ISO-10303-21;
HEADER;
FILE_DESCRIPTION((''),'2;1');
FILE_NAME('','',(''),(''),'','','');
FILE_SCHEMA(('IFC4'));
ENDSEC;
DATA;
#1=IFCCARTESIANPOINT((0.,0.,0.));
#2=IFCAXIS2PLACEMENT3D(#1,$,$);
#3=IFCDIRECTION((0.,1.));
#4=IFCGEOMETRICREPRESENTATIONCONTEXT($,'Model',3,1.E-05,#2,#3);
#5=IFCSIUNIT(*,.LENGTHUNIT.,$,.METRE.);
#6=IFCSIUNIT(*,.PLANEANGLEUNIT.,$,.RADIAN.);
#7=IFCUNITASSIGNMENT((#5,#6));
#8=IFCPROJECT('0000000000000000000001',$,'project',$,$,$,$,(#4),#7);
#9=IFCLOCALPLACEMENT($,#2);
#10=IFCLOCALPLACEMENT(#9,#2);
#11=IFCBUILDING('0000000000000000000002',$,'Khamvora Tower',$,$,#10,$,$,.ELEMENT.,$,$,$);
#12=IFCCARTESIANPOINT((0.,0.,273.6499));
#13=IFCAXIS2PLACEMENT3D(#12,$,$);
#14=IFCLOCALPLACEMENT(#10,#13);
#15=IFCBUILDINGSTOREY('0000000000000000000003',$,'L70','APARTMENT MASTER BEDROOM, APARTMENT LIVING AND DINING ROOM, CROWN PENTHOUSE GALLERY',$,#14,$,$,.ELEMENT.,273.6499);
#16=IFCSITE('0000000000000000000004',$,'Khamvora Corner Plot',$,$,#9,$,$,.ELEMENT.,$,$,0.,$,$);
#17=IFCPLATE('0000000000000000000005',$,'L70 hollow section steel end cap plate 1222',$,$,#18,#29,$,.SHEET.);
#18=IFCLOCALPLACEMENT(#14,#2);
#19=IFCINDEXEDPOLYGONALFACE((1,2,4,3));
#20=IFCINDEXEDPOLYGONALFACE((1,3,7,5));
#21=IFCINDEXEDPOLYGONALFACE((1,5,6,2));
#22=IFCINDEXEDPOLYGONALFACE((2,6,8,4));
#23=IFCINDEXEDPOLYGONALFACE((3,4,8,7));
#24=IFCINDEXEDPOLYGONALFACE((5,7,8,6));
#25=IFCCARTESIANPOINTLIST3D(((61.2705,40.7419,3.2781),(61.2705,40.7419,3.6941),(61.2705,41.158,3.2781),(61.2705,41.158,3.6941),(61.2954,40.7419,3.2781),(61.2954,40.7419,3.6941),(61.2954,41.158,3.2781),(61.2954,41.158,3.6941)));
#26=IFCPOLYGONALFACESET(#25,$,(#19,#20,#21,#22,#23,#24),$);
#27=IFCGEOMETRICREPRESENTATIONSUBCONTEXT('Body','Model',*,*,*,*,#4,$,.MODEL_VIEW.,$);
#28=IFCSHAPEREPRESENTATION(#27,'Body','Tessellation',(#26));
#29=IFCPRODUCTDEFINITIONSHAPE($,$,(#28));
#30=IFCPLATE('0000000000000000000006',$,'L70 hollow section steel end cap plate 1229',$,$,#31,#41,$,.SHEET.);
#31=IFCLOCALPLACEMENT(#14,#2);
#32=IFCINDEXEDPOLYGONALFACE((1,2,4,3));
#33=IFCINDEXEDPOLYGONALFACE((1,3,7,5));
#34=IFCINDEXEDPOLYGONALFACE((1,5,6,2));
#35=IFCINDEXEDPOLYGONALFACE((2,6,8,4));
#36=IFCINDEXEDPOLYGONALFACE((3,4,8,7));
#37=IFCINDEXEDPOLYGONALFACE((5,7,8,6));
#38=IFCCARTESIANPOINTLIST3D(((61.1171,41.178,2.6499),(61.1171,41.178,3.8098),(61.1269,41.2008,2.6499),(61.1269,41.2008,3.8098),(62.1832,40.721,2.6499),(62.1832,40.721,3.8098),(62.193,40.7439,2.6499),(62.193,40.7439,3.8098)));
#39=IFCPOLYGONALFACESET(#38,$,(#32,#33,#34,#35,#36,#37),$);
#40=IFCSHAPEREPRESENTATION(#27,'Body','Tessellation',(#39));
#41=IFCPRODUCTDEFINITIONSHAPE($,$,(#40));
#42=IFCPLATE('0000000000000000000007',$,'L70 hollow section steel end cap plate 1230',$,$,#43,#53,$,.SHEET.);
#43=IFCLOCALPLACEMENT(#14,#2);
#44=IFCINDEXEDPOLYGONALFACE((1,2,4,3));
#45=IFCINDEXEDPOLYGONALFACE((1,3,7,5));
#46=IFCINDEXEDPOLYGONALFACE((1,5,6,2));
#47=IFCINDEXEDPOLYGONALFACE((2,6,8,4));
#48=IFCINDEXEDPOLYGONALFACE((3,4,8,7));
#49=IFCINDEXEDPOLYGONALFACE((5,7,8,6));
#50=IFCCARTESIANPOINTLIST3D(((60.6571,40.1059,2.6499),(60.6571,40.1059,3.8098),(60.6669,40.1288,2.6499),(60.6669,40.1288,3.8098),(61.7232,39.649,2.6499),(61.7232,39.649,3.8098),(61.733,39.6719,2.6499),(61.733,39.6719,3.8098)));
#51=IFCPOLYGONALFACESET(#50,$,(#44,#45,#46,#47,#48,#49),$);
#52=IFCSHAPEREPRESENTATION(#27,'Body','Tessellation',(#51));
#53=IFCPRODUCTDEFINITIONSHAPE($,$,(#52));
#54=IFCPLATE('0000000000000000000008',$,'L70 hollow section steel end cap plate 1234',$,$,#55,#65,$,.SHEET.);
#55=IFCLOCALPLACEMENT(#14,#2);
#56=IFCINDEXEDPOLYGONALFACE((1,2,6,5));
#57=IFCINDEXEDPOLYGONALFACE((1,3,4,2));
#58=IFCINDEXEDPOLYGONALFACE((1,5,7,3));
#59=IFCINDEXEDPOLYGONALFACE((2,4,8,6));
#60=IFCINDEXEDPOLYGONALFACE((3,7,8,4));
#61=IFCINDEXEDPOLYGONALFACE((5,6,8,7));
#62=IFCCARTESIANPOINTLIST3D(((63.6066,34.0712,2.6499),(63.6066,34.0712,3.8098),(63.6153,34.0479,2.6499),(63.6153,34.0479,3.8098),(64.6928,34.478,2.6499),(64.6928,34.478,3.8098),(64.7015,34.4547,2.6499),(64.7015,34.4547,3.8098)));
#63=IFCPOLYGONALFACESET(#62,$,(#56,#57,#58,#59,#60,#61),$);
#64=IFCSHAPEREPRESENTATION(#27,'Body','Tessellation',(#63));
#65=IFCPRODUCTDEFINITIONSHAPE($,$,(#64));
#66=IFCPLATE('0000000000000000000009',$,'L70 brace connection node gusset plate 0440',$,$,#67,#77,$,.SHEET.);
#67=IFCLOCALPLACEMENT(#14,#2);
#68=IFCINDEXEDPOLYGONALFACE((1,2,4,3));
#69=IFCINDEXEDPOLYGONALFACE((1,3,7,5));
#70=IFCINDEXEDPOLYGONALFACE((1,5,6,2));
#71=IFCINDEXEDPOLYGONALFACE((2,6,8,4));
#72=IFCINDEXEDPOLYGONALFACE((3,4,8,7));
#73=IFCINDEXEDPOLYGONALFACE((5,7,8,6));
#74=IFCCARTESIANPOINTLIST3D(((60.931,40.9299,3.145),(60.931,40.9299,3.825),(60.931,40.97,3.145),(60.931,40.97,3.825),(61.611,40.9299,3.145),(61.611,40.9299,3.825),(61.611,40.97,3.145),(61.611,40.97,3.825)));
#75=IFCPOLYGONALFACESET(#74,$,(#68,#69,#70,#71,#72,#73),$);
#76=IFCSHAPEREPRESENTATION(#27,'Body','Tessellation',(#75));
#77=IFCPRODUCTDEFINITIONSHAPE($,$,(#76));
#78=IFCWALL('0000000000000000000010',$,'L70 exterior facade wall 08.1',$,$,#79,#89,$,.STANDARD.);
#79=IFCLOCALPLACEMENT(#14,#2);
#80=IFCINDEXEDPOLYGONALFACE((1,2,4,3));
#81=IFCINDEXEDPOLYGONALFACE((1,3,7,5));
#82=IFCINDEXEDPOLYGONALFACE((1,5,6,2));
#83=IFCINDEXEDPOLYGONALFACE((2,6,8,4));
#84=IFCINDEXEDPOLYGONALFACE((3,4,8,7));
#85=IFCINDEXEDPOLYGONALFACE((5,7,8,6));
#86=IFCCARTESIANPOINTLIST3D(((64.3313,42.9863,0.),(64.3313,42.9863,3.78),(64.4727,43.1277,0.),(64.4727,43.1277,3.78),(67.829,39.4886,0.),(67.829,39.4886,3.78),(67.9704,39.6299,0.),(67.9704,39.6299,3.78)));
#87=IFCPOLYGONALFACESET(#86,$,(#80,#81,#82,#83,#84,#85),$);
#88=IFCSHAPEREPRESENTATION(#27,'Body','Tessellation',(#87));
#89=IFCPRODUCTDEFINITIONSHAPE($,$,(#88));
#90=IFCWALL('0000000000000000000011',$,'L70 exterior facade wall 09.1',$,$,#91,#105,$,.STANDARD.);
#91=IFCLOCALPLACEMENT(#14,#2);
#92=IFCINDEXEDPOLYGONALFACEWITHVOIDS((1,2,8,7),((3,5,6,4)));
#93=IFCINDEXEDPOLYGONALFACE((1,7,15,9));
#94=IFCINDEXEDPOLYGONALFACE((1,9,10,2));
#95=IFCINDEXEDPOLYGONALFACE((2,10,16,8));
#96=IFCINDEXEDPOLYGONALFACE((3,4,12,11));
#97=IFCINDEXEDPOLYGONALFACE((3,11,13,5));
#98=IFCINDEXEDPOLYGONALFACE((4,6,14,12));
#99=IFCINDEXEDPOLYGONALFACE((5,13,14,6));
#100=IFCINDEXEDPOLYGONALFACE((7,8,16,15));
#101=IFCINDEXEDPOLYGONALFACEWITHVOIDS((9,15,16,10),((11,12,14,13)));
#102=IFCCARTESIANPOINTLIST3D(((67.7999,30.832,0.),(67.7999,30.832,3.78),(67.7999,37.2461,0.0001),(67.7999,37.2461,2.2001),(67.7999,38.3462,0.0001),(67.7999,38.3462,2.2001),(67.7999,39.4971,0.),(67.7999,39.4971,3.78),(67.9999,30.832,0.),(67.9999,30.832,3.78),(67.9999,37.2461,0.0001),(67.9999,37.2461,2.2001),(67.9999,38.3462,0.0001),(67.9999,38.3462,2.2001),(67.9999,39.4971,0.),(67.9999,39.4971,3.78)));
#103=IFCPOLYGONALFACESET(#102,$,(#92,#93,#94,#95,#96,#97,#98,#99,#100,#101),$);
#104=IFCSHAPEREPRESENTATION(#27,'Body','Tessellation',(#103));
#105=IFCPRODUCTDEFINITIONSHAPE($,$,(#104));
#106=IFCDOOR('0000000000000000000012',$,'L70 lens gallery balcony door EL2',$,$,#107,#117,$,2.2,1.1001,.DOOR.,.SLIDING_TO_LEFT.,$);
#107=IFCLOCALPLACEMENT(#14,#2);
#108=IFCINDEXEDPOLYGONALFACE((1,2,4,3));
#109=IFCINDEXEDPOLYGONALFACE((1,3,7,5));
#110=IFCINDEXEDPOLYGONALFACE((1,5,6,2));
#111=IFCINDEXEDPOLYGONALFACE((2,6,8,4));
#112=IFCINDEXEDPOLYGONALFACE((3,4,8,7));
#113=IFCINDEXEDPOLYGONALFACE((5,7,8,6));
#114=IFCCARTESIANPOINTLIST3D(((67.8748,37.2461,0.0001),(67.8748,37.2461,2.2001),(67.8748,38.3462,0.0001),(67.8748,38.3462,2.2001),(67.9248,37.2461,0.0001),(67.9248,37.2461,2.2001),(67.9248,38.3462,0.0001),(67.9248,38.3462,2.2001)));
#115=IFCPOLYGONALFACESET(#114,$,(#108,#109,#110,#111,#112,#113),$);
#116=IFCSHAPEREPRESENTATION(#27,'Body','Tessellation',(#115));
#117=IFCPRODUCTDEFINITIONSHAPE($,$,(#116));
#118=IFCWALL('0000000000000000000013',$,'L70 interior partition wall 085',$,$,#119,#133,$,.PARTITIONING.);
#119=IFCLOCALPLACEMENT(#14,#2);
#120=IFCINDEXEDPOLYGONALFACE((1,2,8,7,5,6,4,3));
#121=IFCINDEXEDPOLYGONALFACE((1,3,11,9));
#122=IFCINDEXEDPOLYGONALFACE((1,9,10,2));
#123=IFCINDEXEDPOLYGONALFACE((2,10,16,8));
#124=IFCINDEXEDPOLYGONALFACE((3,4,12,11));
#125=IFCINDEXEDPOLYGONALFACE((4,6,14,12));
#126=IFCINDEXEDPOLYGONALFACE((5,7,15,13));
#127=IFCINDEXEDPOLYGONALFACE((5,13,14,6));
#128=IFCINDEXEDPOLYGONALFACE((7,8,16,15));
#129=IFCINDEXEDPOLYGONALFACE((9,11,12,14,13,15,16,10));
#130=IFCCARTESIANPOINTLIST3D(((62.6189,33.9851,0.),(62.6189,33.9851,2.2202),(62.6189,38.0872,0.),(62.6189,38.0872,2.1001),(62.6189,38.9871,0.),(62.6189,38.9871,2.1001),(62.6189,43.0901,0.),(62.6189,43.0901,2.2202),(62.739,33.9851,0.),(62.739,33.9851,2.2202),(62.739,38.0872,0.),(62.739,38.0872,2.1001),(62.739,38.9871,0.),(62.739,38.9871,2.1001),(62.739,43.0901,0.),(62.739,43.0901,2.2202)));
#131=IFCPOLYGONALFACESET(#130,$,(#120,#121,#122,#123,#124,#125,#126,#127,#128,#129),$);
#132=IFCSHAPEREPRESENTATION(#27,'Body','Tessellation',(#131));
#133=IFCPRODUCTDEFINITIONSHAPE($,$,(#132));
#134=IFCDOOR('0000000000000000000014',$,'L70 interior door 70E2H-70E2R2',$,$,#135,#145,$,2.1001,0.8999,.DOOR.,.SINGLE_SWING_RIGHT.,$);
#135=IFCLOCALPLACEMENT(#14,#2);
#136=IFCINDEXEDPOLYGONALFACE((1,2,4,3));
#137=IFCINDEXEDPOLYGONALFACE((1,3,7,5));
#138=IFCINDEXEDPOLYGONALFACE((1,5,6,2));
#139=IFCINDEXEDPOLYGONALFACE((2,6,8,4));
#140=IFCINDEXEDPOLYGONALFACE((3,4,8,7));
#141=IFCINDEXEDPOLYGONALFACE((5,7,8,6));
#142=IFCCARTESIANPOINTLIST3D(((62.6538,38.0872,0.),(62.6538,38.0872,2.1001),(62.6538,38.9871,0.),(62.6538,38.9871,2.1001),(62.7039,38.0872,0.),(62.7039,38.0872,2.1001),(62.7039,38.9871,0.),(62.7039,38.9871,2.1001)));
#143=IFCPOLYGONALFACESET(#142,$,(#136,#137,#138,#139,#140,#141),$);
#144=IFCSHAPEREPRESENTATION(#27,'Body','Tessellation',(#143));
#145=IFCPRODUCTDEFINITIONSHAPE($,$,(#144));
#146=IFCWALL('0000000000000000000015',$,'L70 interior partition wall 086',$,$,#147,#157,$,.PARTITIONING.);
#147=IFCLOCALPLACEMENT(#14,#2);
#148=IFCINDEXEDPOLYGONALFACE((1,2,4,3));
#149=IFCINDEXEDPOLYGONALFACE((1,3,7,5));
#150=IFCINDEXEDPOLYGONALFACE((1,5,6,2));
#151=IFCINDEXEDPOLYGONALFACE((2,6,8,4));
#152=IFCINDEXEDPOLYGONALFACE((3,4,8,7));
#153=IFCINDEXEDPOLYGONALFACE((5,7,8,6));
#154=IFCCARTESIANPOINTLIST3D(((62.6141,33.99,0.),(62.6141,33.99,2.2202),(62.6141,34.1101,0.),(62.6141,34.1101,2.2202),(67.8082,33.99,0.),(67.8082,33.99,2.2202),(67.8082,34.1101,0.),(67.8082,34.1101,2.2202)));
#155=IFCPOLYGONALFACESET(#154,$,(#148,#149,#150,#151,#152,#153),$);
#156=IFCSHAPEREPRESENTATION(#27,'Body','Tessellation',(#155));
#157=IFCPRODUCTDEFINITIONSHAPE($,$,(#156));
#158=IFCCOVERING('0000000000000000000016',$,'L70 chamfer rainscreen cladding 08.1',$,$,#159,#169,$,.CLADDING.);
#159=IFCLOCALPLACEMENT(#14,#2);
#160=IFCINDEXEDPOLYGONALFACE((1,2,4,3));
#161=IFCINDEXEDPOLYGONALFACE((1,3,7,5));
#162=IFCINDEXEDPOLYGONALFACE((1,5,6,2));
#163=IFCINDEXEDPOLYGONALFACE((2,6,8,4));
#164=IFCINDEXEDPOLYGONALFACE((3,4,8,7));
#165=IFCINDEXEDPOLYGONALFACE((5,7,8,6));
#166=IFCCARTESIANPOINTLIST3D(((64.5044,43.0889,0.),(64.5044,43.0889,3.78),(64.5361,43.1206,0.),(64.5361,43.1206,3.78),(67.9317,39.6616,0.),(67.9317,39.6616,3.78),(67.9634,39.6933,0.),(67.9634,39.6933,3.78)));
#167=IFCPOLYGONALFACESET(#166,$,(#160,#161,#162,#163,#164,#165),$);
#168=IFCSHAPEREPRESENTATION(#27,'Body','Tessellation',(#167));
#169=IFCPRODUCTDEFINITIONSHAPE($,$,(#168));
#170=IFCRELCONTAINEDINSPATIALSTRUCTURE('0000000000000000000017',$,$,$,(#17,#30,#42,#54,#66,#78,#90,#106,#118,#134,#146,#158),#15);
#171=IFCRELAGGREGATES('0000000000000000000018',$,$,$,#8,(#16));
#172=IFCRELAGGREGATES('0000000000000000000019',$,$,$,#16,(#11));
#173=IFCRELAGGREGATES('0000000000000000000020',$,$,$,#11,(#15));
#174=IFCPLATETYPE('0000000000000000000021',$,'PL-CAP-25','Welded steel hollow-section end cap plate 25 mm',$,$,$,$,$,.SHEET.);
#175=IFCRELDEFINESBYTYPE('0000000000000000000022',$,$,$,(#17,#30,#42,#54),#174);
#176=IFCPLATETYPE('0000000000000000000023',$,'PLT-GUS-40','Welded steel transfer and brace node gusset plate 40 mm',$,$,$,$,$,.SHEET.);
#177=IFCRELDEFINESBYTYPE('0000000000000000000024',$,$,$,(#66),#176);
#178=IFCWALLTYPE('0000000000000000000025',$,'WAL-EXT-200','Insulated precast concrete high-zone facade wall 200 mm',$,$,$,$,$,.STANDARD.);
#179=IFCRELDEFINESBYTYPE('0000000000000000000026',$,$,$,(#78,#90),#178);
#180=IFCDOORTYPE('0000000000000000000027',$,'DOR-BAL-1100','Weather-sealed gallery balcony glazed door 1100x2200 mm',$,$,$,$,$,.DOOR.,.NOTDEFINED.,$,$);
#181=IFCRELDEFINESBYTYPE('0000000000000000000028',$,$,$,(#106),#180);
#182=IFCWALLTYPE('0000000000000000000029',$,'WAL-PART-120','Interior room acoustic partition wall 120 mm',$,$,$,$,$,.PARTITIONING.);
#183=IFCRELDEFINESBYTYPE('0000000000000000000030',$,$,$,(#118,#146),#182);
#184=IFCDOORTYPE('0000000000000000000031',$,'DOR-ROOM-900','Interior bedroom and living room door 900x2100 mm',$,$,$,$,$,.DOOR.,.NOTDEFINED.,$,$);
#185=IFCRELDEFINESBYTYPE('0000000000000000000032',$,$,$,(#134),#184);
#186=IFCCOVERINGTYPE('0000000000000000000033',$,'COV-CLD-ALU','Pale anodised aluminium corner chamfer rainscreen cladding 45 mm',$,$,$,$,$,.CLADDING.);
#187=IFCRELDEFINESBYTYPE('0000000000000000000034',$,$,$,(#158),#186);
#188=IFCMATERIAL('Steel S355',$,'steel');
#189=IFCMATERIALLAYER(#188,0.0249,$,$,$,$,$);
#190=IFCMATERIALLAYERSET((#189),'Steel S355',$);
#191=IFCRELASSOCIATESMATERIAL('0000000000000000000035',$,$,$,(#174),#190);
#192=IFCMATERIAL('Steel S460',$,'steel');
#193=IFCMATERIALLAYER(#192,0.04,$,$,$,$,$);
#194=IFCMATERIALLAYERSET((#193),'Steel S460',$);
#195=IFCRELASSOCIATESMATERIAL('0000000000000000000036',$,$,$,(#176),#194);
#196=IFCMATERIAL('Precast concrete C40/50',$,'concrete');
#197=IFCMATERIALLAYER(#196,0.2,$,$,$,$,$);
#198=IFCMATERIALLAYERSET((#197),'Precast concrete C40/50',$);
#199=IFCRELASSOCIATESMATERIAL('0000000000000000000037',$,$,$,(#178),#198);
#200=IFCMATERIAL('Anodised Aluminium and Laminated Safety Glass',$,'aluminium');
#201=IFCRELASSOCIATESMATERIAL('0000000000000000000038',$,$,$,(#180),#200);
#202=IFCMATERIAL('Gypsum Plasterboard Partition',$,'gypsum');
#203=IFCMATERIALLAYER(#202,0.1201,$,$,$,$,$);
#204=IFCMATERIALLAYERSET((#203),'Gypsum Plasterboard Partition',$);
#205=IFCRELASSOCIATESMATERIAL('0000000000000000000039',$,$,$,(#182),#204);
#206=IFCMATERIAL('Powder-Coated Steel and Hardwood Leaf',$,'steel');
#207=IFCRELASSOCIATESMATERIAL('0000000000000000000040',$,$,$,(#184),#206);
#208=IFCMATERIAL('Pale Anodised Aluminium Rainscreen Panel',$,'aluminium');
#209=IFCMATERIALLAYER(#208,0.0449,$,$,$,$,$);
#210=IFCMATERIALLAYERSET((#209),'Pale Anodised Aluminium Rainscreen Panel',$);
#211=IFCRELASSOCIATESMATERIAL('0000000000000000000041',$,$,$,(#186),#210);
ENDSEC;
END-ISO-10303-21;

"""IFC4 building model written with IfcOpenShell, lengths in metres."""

from ifc_helpers import new_model, si_unit, direction, frame, frame_2d, origin, origin_2d, place, context, subcontext, project, spatial, rectangle, extrude, material, layer, layer_set, type_object, element, fill, save


model = new_model("IFC4")

# Units and contexts
model_context = context("Model", 3, precision=1e-05, world=origin(), true_north=direction((0.0, 1.0)))
body_context = subcontext(model_context, "Body", "Model", "MODEL_VIEW")
ifc_project = project(units=[si_unit("LENGTHUNIT", "METRE"), si_unit("PLANEANGLEUNIT", "RADIAN")], contexts=[model_context])

# Site, building, storey
site_placement = place(None, origin())
site = spatial("IfcSite", under=ifc_project, at=site_placement, Name="Khamvora Corner Plot", CompositionType="ELEMENT", RefElevation=0.0)
building_placement = place(site_placement, origin())
building = spatial("IfcBuilding", under=site, at=building_placement, Name="Khamvora Tower", CompositionType="ELEMENT")
storey_placement = place(building_placement, frame((0.0, 0.0, 273.6499)))
storey = spatial("IfcBuildingStorey", under=building, at=storey_placement, Name="L70", Description="APARTMENT MASTER BEDROOM, APARTMENT LIVING AND DINING ROOM, CROWN PENTHOUSE GALLERY", CompositionType="ELEMENT", Elevation=273.6499)

# Shared definitions
ifc_material_1 = material(Name="Steel S355", Category="steel")

# Shared definitions
ifc_material_2 = material(Name="Steel S460", Category="steel")

# Plates
ifc_layer_1 = layer(ifc_material_1, 0.0249)
ifc_layer_set_1 = layer_set([ifc_layer_1], Name="Steel S355")
plate_type_1 = type_object("IfcPlateType", Name="PL-CAP-25", Description="Welded steel hollow-section end cap plate 25 mm", PredefinedType="SHEET", material=ifc_layer_set_1)
plate_1_placement = place(storey_placement, frame((61.283, 40.95, 3.2781), z_axis=(0.0, 0.0, 1.0), x_axis=(1.0, 0.0, 0.0)))
element("IfcPlate", 1, at=plate_1_placement, inside=storey, type_object=plate_type_1, Name="L70 hollow section steel end cap plate 1222", PredefinedType="SHEET", context=body_context, shape_type="SweptSolid", body=[
    extrude(rectangle(XDim=0.0249, YDim=0.416, at=origin_2d()), origin(), (0.0, 0.0, 1.0), 0.416),
])
for number, where, z_axis, x_axis, name in (
    (2, (61.655, 40.9609, 2.6499), (0.0, 0.0, 1.0), (-0.393926, -0.919142, 0.0), "L70 hollow section steel end cap plate 1229"),
    (3, (61.1951, 39.8889, 2.6499), (0.0, 0.0, 1.0), (-0.393926, -0.919142, 0.0), "L70 hollow section steel end cap plate 1230"),
    (4, (64.1541, 34.2629, 2.6499), (0.0, 0.0, 1.0), (0.350747, -0.93647, 0.0), "L70 hollow section steel end cap plate 1234"),
):
    element("IfcPlate", number, at=place(storey_placement, frame(where, z_axis=z_axis, x_axis=x_axis)), inside=storey, type_object=plate_type_1, Name=name, PredefinedType="SHEET", context=body_context, shape_type="SweptSolid", body=[
        extrude(rectangle(XDim=0.0249, YDim=1.1599, at=origin_2d()), origin(), (0.0, 0.0, 1.0), 1.1599),
    ])
ifc_layer_2 = layer(ifc_material_2, 0.04)
ifc_layer_set_2 = layer_set([ifc_layer_2], Name="Steel S460")
plate_type_2 = type_object("IfcPlateType", Name="PLT-GUS-40", Description="Welded steel transfer and brace node gusset plate 40 mm", PredefinedType="SHEET", material=ifc_layer_set_2)
plate_2_placement = place(storey_placement, frame((61.271, 40.95, 3.145), z_axis=(0.0, 0.0, 1.0), x_axis=(1.0, 0.0, 0.0)))
element("IfcPlate", 5, at=plate_2_placement, inside=storey, type_object=plate_type_2, Name="L70 brace connection node gusset plate 0440", PredefinedType="SHEET", context=body_context, shape_type="SweptSolid", body=[
    extrude(rectangle(XDim=0.6799, YDim=0.04, at=origin_2d()), origin(), (0.0, 0.0, 1.0), 0.6799),
])

# Wall
ifc_material_3 = material(Name="Precast concrete C40/50", Category="concrete")
ifc_layer_3 = layer(ifc_material_3, 0.2)
ifc_layer_set_3 = layer_set([ifc_layer_3], Name="Precast concrete C40/50")
wall_type_1 = type_object("IfcWallType", Name="WAL-EXT-200", Description="Insulated precast concrete high-zone facade wall 200 mm", PredefinedType="STANDARD", material=ifc_layer_set_3)
wall_1_placement = place(storey_placement, frame((64.4021, 43.0569, 0.0), z_axis=(0.0, 0.0, 1.0), x_axis=(0.707107, -0.707107, 0.0)))
element("IfcWall", 6, at=wall_1_placement, inside=storey, type_object=wall_type_1, Name="L70 exterior facade wall 08.1", PredefinedType="STANDARD", context=body_context, shape_type="SweptSolid", body=[
    extrude(rectangle(XDim=4.9465, YDim=0.2, at=frame_2d((2.4731, 0.0))), origin(), (0.0, 0.0, 1.0), 3.78),
])

# Walls, openings, doors
wall_2_placement = place(storey_placement, frame((67.8999, 39.4971, 0.0), z_axis=(0.0, 0.0, 1.0), x_axis=(0.0, -1.0, 0.0)))
wall_2 = element("IfcWall", 7, at=wall_2_placement, inside=storey, type_object=wall_type_1, Name="L70 exterior facade wall 09.1", PredefinedType="STANDARD", context=body_context, shape_type="SweptSolid", body=[
    extrude(rectangle(XDim=8.665, YDim=0.2, at=frame_2d((4.3325, 0.0))), origin(), (0.0, 0.0, 1.0), 3.78),
])
opening_1_placement = place(wall_2_placement, frame((1.1509, 0.0, 0.0)))
opening_1 = element("IfcOpeningElement", 8, at=opening_1_placement, cuts=wall_2, PredefinedType="OPENING", context=body_context, shape_type="SweptSolid", body=[
    extrude(rectangle(XDim=1.1001, YDim=2.2, at=frame_2d((0.55, 1.1001))), frame((0.0, 0.1099, 0.0), z_axis=(0.0, -1.0, 0.0), x_axis=(1.0, 0.0, 0.0)), (0.0, 0.0, 1.0), 0.22),
])
ifc_material_4 = material(Name="Anodised Aluminium and Laminated Safety Glass", Category="aluminium")
door_type_1 = type_object("IfcDoorType", Name="DOR-BAL-1100", Description="Weather-sealed gallery balcony glazed door 1100x2200 mm", OperationType="NOTDEFINED", PredefinedType="DOOR", material=ifc_material_4)
door_1_placement = place(opening_1_placement, origin())
door_1 = element("IfcDoor", 9, at=door_1_placement, inside=storey, type_object=door_type_1, Name="L70 lens gallery balcony door EL2", OperationType="SLIDING_TO_LEFT", OverallHeight=2.2, OverallWidth=1.1001, PredefinedType="DOOR", context=body_context, shape_type="SweptSolid", body=[
    extrude(rectangle(XDim=1.1001, YDim=2.2, at=frame_2d((0.55, 1.1001))), frame((0.0, 0.0249, 0.0), z_axis=(0.0, -1.0, 0.0), x_axis=(1.0, 0.0, 0.0)), (0.0, 0.0, 1.0), 0.05),
])
fill(opening_1, door_1)
ifc_material_5 = material(Name="Gypsum Plasterboard Partition", Category="gypsum")
ifc_layer_4 = layer(ifc_material_5, 0.1201)
ifc_layer_set_4 = layer_set([ifc_layer_4], Name="Gypsum Plasterboard Partition")
wall_type_2 = type_object("IfcWallType", Name="WAL-PART-120", Description="Interior room acoustic partition wall 120 mm", PredefinedType="PARTITIONING", material=ifc_layer_set_4)
wall_3_placement = place(storey_placement, frame((62.679, 43.0901, 0.0), z_axis=(0.0, 0.0, 1.0), x_axis=(0.0, -1.0, 0.0)))
wall_3 = element("IfcWall", 10, at=wall_3_placement, inside=storey, type_object=wall_type_2, Name="L70 interior partition wall 085", PredefinedType="PARTITIONING", context=body_context, shape_type="SweptSolid", body=[
    extrude(rectangle(XDim=9.105, YDim=0.1201, at=frame_2d((4.5525, 0.0))), origin(), (0.0, 0.0, 1.0), 2.2202),
])
opening_2_placement = place(wall_3_placement, frame((4.103, 0.0, 0.0)))
opening_2 = element("IfcOpeningElement", 11, at=opening_2_placement, cuts=wall_3, PredefinedType="OPENING", context=body_context, shape_type="SweptSolid", body=[
    extrude(rectangle(XDim=0.8999, YDim=2.1001, at=frame_2d((0.45, 1.05))), frame((0.0, 0.0701, 0.0), z_axis=(0.0, -1.0, 0.0), x_axis=(1.0, 0.0, 0.0)), (0.0, 0.0, 1.0), 0.1401),
])
ifc_material_6 = material(Name="Powder-Coated Steel and Hardwood Leaf", Category="steel")
door_type_2 = type_object("IfcDoorType", Name="DOR-ROOM-900", Description="Interior bedroom and living room door 900x2100 mm", OperationType="NOTDEFINED", PredefinedType="DOOR", material=ifc_material_6)
door_2_placement = place(opening_2_placement, origin())
door_2 = element("IfcDoor", 12, at=door_2_placement, inside=storey, type_object=door_type_2, Name="L70 interior door 70E2H-70E2R2", OperationType="SINGLE_SWING_RIGHT", OverallHeight=2.1001, OverallWidth=0.8999, PredefinedType="DOOR", context=body_context, shape_type="SweptSolid", body=[
    extrude(rectangle(XDim=0.8999, YDim=2.1001, at=frame_2d((0.45, 1.05))), frame((0.0, 0.0249, 0.0), z_axis=(0.0, -1.0, 0.0), x_axis=(1.0, 0.0, 0.0)), (0.0, 0.0, 1.0), 0.05),
])
fill(opening_2, door_2)

# Wall
wall_4_placement = place(storey_placement, frame((62.614, 34.05, 0.0), z_axis=(0.0, 0.0, 1.0), x_axis=(1.0, 0.0, 0.0)))
element("IfcWall", 13, at=wall_4_placement, inside=storey, type_object=wall_type_2, Name="L70 interior partition wall 086", PredefinedType="PARTITIONING", context=body_context, shape_type="SweptSolid", body=[
    extrude(rectangle(XDim=5.1941, YDim=0.1201, at=frame_2d((2.5972, 0.0))), origin(), (0.0, 0.0, 1.0), 2.2202),
])

# Covering
ifc_material_7 = material(Name="Pale Anodised Aluminium Rainscreen Panel", Category="aluminium")
ifc_layer_5 = layer(ifc_material_7, 0.0449)
ifc_layer_set_5 = layer_set([ifc_layer_5], Name="Pale Anodised Aluminium Rainscreen Panel")
covering_type = type_object("IfcCoveringType", Name="COV-CLD-ALU", Description="Pale anodised aluminium corner chamfer rainscreen cladding 45 mm", PredefinedType="CLADDING", material=ifc_layer_set_5)
covering_placement = place(storey_placement, frame((66.2339, 41.3911, 0.0), z_axis=(0.0, 0.0, 1.0), x_axis=(0.707107, -0.707107, 0.0)))
element("IfcCovering", 14, at=covering_placement, inside=storey, type_object=covering_type, Name="L70 chamfer rainscreen cladding 08.1", PredefinedType="CLADDING", context=body_context, shape_type="SweptSolid", body=[
    extrude(rectangle(XDim=4.8469, YDim=0.0449, at=origin_2d()), origin(), (0.0, 0.0, 1.0), 3.78),
])

save(model, "model.ifc")
